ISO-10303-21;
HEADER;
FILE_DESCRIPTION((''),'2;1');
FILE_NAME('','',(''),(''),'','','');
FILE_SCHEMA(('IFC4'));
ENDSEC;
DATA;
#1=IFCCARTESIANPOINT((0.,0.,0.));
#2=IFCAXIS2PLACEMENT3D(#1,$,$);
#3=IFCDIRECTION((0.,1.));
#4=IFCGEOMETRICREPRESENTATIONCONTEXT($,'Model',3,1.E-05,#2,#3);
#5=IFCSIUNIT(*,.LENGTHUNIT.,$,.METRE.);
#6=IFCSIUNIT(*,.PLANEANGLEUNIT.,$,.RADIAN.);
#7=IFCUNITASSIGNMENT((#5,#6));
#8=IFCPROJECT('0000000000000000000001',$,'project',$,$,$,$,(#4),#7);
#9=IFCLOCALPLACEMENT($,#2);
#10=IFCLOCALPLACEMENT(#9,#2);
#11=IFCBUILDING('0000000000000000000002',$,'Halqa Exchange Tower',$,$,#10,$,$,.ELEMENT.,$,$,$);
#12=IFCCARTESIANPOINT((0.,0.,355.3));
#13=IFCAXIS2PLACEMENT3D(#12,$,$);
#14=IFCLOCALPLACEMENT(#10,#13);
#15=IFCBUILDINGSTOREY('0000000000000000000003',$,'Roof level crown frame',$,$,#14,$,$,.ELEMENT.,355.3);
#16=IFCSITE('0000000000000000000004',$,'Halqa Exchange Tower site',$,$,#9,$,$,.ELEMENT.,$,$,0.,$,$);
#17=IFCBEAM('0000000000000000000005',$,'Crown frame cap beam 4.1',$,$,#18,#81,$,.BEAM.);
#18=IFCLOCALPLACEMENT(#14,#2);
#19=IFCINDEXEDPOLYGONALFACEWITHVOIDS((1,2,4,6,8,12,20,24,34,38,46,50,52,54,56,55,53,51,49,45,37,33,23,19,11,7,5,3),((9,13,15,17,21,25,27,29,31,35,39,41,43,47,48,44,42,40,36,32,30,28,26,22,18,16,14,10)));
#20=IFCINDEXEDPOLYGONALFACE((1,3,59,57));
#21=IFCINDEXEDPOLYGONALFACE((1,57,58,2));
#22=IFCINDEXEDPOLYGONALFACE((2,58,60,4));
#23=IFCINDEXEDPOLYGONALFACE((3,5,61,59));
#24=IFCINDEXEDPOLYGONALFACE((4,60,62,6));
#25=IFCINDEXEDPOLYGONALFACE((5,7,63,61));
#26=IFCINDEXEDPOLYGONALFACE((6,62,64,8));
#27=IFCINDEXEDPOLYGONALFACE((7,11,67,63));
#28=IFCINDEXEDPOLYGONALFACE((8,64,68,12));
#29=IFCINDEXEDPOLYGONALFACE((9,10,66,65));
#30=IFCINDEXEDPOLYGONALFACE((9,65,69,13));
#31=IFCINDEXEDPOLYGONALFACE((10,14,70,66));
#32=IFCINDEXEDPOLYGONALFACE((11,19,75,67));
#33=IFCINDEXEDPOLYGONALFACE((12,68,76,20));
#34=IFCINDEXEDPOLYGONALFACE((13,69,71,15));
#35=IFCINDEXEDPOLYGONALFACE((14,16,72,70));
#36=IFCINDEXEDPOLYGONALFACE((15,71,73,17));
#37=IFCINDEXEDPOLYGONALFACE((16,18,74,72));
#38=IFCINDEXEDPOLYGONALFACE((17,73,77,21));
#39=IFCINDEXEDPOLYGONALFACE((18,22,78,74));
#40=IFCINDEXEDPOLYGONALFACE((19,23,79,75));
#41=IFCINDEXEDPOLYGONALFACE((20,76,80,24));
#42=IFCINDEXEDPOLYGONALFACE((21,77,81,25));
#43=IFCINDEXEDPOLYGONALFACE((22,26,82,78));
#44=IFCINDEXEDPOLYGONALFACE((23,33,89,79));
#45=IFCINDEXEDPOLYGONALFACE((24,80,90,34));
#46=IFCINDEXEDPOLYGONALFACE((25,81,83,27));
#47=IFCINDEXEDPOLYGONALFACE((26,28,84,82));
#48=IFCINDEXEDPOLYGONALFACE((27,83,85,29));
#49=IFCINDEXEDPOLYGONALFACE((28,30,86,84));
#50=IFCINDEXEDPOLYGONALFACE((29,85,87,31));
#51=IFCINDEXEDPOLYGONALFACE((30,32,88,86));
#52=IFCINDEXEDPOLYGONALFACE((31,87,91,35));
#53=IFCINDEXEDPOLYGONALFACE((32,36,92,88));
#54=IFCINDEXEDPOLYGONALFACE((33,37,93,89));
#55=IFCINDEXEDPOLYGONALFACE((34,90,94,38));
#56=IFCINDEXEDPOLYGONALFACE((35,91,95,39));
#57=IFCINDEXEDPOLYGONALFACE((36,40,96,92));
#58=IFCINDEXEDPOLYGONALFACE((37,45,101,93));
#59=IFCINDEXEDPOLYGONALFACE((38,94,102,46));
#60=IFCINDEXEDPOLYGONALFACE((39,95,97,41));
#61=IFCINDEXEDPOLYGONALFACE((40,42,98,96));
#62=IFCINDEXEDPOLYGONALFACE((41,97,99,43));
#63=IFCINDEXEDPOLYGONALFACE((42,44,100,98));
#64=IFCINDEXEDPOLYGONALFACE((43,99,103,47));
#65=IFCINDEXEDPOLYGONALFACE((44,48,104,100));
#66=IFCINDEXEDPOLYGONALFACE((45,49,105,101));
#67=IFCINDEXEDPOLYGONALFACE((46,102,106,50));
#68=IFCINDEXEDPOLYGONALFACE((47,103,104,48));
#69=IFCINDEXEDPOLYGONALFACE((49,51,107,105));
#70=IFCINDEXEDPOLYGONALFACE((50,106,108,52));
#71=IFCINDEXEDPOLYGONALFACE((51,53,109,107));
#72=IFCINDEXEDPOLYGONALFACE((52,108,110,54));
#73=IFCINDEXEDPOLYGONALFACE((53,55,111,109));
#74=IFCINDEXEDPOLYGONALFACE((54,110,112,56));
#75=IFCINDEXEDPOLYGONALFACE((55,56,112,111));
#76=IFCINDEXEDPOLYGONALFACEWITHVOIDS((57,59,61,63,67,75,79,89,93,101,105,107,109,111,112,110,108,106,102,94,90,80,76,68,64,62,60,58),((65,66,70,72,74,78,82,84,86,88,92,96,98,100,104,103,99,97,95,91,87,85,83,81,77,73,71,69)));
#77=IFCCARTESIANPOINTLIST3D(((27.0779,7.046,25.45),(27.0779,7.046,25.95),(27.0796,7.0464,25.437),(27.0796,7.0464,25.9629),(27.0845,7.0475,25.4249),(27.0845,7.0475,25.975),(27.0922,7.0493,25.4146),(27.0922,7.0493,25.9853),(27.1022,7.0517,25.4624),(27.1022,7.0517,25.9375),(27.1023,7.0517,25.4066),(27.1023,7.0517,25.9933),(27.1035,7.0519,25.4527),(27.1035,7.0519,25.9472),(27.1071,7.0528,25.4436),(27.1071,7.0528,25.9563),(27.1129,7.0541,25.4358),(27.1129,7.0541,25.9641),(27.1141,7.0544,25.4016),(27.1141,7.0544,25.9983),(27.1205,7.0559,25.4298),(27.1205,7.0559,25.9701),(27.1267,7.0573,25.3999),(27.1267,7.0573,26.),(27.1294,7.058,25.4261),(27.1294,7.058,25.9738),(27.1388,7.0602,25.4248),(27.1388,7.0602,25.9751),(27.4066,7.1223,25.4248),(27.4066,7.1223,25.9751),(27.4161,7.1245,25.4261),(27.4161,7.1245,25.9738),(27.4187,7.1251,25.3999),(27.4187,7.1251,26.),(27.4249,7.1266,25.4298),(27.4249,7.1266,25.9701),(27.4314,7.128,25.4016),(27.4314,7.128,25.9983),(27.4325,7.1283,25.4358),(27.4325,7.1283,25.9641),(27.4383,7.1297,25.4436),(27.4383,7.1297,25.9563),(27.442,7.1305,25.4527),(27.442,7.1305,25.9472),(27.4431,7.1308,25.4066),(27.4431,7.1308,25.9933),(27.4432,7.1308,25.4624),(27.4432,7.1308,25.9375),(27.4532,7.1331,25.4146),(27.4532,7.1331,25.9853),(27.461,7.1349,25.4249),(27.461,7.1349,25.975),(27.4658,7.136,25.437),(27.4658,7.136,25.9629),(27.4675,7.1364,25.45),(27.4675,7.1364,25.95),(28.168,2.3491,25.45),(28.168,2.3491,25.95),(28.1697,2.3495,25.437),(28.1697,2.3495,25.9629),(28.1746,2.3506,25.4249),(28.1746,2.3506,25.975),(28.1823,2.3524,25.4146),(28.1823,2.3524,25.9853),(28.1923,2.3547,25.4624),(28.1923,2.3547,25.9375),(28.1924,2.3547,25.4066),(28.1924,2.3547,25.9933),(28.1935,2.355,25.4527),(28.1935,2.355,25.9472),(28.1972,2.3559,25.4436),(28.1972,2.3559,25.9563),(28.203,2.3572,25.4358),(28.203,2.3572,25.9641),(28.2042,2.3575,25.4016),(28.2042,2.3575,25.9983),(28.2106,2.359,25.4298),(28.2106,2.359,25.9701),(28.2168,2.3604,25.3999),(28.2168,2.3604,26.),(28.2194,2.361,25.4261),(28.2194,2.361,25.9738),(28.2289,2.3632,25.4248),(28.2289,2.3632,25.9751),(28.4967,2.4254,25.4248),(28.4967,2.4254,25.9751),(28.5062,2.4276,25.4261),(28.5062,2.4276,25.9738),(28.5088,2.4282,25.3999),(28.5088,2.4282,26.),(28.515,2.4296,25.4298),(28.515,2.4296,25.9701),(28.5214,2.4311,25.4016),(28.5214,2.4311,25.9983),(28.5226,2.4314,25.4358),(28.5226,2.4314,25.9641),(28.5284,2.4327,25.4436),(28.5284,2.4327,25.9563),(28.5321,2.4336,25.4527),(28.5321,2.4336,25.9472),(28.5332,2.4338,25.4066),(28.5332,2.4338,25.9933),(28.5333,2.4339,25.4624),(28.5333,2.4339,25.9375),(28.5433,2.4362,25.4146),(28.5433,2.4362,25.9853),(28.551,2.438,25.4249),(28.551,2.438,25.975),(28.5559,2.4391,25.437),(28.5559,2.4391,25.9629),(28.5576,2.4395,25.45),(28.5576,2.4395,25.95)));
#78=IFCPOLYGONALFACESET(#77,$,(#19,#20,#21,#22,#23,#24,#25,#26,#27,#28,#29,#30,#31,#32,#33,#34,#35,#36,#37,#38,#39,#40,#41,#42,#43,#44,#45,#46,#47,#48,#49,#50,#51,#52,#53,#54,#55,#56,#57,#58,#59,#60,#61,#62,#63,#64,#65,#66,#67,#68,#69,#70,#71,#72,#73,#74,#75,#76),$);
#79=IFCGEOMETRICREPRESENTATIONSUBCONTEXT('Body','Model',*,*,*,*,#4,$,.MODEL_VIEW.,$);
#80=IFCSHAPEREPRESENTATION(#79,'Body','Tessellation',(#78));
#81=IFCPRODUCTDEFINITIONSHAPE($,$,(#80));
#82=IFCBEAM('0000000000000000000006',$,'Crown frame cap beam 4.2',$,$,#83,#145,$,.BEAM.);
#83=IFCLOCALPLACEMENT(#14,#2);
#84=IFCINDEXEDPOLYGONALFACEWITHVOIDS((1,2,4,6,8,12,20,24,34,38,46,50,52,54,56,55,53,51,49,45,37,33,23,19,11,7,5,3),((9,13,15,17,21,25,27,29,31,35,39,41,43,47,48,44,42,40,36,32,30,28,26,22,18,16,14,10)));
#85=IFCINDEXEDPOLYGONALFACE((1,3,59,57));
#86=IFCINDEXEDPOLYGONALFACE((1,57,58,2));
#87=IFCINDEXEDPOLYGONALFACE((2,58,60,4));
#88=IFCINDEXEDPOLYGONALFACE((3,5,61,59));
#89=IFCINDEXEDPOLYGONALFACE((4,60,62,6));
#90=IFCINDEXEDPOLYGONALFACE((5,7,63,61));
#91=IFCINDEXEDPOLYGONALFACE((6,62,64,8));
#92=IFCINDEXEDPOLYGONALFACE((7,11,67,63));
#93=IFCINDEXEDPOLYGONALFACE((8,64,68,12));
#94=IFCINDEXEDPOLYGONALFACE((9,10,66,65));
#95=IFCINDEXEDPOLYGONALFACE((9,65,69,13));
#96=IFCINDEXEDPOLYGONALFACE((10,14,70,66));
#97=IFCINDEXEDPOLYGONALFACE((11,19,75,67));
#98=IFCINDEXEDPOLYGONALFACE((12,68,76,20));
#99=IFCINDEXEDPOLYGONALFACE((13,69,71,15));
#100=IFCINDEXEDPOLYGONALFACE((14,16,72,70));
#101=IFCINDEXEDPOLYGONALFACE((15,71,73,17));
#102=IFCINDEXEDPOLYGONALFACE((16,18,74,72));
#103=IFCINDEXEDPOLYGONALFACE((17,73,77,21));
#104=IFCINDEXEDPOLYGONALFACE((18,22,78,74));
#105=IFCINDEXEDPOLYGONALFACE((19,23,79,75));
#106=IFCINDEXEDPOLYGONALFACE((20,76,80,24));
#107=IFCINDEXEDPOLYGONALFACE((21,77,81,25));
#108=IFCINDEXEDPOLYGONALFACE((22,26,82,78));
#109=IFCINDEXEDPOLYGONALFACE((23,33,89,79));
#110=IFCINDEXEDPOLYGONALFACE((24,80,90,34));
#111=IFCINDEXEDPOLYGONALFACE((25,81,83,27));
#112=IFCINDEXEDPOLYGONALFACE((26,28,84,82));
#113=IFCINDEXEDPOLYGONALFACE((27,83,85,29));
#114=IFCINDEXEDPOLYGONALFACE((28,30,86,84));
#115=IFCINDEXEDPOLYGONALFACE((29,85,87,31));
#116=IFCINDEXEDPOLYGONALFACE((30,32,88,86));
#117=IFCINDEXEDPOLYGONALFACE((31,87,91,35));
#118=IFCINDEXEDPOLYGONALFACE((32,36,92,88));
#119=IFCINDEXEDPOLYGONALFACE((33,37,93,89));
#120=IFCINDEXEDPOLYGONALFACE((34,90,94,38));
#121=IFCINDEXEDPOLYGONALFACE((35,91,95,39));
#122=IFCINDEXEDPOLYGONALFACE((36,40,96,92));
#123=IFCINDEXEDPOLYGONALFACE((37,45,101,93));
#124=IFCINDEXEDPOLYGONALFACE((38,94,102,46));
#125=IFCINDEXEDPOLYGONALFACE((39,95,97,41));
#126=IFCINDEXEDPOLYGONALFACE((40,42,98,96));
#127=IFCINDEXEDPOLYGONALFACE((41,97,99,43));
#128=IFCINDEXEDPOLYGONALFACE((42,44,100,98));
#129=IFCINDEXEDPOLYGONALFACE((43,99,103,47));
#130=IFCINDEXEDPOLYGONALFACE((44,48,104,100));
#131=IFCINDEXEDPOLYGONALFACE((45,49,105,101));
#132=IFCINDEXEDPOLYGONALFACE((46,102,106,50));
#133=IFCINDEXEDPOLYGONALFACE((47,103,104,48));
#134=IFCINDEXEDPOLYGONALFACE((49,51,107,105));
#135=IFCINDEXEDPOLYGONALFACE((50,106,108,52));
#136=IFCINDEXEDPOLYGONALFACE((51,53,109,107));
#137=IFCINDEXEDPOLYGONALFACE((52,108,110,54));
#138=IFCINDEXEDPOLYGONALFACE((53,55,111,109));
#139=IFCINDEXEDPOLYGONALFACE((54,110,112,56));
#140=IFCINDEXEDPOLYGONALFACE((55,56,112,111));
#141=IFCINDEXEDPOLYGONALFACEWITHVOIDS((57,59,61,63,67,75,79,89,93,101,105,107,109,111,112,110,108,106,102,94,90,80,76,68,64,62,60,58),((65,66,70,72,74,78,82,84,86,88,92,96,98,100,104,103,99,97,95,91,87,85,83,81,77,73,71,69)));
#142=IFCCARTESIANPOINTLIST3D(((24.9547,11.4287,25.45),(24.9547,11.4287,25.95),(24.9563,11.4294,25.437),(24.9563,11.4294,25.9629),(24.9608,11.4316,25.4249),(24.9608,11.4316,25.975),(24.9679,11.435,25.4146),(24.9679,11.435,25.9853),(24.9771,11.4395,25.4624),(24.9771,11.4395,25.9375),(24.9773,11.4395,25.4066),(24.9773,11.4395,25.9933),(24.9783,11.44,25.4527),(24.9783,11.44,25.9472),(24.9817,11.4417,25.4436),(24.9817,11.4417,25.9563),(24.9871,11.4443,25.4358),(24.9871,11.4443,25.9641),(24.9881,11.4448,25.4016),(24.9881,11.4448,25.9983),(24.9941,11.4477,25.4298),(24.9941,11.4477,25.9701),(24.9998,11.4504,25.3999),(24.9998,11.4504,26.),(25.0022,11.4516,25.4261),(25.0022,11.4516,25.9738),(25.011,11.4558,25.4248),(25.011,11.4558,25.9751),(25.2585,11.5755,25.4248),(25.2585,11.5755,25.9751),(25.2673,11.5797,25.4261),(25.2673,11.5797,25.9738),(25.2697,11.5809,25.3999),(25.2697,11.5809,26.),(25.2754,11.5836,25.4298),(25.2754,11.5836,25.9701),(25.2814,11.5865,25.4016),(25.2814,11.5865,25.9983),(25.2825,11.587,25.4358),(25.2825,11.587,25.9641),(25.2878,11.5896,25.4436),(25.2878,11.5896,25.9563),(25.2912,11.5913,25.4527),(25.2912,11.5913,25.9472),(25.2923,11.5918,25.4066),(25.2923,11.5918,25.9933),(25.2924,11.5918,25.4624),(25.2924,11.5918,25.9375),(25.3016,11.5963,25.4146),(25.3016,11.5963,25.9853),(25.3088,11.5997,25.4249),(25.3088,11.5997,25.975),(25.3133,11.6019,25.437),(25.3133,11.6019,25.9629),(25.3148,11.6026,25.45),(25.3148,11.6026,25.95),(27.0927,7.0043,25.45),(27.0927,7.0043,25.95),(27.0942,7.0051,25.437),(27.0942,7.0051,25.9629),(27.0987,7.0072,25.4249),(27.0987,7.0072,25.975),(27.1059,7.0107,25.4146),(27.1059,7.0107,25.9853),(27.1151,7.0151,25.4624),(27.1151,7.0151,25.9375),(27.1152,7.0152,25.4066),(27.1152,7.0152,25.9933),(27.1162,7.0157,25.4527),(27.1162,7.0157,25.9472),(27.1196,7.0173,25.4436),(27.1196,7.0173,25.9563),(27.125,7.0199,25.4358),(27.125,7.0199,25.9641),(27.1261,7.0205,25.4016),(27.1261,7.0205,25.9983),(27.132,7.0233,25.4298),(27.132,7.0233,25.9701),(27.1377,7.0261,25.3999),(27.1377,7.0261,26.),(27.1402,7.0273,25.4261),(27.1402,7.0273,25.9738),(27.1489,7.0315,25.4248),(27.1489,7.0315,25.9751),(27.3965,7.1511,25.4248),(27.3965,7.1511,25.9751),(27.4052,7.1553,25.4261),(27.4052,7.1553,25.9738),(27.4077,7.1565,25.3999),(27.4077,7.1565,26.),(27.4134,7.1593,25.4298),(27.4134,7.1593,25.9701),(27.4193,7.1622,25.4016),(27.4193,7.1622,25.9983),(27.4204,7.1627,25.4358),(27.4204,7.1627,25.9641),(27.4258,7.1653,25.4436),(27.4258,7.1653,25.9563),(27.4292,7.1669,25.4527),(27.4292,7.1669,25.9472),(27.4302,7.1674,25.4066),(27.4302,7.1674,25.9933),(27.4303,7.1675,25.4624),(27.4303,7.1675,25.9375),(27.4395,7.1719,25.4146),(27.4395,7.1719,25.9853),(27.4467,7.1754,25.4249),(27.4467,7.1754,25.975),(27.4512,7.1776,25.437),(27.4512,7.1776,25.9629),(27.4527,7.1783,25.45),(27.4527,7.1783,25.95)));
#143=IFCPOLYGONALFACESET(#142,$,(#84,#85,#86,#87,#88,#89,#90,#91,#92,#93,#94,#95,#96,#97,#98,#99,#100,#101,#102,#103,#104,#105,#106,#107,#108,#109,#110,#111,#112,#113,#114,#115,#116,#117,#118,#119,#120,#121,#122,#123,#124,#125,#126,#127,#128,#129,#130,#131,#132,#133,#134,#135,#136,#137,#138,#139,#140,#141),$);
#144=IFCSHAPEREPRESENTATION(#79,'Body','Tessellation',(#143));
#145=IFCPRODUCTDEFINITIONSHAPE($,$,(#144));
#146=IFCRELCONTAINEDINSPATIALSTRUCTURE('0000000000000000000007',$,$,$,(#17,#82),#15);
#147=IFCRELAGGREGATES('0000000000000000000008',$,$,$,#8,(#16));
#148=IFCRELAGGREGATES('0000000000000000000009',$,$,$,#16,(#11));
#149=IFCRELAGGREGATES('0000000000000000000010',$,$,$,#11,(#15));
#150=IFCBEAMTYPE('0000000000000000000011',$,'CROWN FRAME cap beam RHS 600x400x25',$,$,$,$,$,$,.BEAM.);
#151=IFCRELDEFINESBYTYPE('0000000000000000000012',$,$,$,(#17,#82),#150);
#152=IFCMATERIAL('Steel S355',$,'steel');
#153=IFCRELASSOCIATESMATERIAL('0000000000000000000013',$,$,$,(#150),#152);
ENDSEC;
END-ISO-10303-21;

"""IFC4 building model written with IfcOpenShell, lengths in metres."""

from ifc_helpers import new_model, si_unit, direction, frame, origin, origin_2d, place, context, subcontext, project, spatial, hollow_rectangle, extrude, material, material_profile, profile_set, type_object, element, save


model = new_model("IFC4")

# Units and contexts
model_context = context("Model", 3, precision=1e-05, world=origin(), true_north=direction((0.0, 1.0)))
body_context = subcontext(model_context, "Body", "Model", "MODEL_VIEW")
ifc_project = project(units=[si_unit("LENGTHUNIT", "METRE"), si_unit("PLANEANGLEUNIT", "RADIAN")], contexts=[model_context])

# Site, building, storey
site_placement = place(None, origin())
site = spatial("IfcSite", under=ifc_project, at=site_placement, Name="Halqa Exchange Tower site", CompositionType="ELEMENT", RefElevation=0.0)
building_placement = place(site_placement, origin())
building = spatial("IfcBuilding", under=site, at=building_placement, Name="Halqa Exchange Tower", CompositionType="ELEMENT")
storey_placement = place(building_placement, frame((0.0, 0.0, 355.3)))
storey = spatial("IfcBuildingStorey", under=building, at=storey_placement, Name="Roof level crown frame", CompositionType="ELEMENT", Elevation=355.3)

# Shared definitions
ifc_material_1 = material(Name="Steel S355", Category="steel")

# Beams
ifc_material_profile_1 = material_profile(ifc_material_1, hollow_rectangle(XDim=0.3999, YDim=0.6001, WallThickness=0.0249, InnerFilletRadius=0.0376, OuterFilletRadius=0.05, at=origin_2d()), Name="RHS 600x400x25")
ifc_profile_set_1 = profile_set([ifc_material_profile_1], Name="Steel S355")
beam_type_1 = type_object("IfcBeamType", Name="CROWN FRAME cap beam RHS 600x400x25", PredefinedType="BEAM", material=ifc_profile_set_1)
beam_1_placement = place(storey_placement, frame((28.3628, 2.3943, 25.7), z_axis=(-0.226072, 0.974111, 0.0), x_axis=(-0.974111, -0.226072, 0.0)))
element("IfcBeam", 1, at=beam_1_placement, inside=storey, type_object=beam_type_1, Name="Crown frame cap beam 4.1", PredefinedType="BEAM", context=body_context, shape_type="SweptSolid", body=[
    extrude(hollow_rectangle(XDim=0.3999, YDim=0.6001, WallThickness=0.0249, InnerFilletRadius=0.0376, OuterFilletRadius=0.05, at=origin_2d()), origin(), (0.0, 0.0, 1.0), 4.8218),
])
beam_2_placement = place(storey_placement, frame((27.2727, 7.0913, 25.7), z_axis=(-0.435089, 0.900387, 0.0), x_axis=(-0.900387, -0.435089, 0.0)))
element("IfcBeam", 2, at=beam_2_placement, inside=storey, type_object=beam_type_1, Name="Crown frame cap beam 4.2", PredefinedType="BEAM", context=body_context, shape_type="SweptSolid", body=[
    extrude(hollow_rectangle(XDim=0.3999, YDim=0.6001, WallThickness=0.0249, InnerFilletRadius=0.0376, OuterFilletRadius=0.05, at=origin_2d()), origin(), (0.0, 0.0, 1.0), 4.9138),
])

save(model, "model.ifc")
